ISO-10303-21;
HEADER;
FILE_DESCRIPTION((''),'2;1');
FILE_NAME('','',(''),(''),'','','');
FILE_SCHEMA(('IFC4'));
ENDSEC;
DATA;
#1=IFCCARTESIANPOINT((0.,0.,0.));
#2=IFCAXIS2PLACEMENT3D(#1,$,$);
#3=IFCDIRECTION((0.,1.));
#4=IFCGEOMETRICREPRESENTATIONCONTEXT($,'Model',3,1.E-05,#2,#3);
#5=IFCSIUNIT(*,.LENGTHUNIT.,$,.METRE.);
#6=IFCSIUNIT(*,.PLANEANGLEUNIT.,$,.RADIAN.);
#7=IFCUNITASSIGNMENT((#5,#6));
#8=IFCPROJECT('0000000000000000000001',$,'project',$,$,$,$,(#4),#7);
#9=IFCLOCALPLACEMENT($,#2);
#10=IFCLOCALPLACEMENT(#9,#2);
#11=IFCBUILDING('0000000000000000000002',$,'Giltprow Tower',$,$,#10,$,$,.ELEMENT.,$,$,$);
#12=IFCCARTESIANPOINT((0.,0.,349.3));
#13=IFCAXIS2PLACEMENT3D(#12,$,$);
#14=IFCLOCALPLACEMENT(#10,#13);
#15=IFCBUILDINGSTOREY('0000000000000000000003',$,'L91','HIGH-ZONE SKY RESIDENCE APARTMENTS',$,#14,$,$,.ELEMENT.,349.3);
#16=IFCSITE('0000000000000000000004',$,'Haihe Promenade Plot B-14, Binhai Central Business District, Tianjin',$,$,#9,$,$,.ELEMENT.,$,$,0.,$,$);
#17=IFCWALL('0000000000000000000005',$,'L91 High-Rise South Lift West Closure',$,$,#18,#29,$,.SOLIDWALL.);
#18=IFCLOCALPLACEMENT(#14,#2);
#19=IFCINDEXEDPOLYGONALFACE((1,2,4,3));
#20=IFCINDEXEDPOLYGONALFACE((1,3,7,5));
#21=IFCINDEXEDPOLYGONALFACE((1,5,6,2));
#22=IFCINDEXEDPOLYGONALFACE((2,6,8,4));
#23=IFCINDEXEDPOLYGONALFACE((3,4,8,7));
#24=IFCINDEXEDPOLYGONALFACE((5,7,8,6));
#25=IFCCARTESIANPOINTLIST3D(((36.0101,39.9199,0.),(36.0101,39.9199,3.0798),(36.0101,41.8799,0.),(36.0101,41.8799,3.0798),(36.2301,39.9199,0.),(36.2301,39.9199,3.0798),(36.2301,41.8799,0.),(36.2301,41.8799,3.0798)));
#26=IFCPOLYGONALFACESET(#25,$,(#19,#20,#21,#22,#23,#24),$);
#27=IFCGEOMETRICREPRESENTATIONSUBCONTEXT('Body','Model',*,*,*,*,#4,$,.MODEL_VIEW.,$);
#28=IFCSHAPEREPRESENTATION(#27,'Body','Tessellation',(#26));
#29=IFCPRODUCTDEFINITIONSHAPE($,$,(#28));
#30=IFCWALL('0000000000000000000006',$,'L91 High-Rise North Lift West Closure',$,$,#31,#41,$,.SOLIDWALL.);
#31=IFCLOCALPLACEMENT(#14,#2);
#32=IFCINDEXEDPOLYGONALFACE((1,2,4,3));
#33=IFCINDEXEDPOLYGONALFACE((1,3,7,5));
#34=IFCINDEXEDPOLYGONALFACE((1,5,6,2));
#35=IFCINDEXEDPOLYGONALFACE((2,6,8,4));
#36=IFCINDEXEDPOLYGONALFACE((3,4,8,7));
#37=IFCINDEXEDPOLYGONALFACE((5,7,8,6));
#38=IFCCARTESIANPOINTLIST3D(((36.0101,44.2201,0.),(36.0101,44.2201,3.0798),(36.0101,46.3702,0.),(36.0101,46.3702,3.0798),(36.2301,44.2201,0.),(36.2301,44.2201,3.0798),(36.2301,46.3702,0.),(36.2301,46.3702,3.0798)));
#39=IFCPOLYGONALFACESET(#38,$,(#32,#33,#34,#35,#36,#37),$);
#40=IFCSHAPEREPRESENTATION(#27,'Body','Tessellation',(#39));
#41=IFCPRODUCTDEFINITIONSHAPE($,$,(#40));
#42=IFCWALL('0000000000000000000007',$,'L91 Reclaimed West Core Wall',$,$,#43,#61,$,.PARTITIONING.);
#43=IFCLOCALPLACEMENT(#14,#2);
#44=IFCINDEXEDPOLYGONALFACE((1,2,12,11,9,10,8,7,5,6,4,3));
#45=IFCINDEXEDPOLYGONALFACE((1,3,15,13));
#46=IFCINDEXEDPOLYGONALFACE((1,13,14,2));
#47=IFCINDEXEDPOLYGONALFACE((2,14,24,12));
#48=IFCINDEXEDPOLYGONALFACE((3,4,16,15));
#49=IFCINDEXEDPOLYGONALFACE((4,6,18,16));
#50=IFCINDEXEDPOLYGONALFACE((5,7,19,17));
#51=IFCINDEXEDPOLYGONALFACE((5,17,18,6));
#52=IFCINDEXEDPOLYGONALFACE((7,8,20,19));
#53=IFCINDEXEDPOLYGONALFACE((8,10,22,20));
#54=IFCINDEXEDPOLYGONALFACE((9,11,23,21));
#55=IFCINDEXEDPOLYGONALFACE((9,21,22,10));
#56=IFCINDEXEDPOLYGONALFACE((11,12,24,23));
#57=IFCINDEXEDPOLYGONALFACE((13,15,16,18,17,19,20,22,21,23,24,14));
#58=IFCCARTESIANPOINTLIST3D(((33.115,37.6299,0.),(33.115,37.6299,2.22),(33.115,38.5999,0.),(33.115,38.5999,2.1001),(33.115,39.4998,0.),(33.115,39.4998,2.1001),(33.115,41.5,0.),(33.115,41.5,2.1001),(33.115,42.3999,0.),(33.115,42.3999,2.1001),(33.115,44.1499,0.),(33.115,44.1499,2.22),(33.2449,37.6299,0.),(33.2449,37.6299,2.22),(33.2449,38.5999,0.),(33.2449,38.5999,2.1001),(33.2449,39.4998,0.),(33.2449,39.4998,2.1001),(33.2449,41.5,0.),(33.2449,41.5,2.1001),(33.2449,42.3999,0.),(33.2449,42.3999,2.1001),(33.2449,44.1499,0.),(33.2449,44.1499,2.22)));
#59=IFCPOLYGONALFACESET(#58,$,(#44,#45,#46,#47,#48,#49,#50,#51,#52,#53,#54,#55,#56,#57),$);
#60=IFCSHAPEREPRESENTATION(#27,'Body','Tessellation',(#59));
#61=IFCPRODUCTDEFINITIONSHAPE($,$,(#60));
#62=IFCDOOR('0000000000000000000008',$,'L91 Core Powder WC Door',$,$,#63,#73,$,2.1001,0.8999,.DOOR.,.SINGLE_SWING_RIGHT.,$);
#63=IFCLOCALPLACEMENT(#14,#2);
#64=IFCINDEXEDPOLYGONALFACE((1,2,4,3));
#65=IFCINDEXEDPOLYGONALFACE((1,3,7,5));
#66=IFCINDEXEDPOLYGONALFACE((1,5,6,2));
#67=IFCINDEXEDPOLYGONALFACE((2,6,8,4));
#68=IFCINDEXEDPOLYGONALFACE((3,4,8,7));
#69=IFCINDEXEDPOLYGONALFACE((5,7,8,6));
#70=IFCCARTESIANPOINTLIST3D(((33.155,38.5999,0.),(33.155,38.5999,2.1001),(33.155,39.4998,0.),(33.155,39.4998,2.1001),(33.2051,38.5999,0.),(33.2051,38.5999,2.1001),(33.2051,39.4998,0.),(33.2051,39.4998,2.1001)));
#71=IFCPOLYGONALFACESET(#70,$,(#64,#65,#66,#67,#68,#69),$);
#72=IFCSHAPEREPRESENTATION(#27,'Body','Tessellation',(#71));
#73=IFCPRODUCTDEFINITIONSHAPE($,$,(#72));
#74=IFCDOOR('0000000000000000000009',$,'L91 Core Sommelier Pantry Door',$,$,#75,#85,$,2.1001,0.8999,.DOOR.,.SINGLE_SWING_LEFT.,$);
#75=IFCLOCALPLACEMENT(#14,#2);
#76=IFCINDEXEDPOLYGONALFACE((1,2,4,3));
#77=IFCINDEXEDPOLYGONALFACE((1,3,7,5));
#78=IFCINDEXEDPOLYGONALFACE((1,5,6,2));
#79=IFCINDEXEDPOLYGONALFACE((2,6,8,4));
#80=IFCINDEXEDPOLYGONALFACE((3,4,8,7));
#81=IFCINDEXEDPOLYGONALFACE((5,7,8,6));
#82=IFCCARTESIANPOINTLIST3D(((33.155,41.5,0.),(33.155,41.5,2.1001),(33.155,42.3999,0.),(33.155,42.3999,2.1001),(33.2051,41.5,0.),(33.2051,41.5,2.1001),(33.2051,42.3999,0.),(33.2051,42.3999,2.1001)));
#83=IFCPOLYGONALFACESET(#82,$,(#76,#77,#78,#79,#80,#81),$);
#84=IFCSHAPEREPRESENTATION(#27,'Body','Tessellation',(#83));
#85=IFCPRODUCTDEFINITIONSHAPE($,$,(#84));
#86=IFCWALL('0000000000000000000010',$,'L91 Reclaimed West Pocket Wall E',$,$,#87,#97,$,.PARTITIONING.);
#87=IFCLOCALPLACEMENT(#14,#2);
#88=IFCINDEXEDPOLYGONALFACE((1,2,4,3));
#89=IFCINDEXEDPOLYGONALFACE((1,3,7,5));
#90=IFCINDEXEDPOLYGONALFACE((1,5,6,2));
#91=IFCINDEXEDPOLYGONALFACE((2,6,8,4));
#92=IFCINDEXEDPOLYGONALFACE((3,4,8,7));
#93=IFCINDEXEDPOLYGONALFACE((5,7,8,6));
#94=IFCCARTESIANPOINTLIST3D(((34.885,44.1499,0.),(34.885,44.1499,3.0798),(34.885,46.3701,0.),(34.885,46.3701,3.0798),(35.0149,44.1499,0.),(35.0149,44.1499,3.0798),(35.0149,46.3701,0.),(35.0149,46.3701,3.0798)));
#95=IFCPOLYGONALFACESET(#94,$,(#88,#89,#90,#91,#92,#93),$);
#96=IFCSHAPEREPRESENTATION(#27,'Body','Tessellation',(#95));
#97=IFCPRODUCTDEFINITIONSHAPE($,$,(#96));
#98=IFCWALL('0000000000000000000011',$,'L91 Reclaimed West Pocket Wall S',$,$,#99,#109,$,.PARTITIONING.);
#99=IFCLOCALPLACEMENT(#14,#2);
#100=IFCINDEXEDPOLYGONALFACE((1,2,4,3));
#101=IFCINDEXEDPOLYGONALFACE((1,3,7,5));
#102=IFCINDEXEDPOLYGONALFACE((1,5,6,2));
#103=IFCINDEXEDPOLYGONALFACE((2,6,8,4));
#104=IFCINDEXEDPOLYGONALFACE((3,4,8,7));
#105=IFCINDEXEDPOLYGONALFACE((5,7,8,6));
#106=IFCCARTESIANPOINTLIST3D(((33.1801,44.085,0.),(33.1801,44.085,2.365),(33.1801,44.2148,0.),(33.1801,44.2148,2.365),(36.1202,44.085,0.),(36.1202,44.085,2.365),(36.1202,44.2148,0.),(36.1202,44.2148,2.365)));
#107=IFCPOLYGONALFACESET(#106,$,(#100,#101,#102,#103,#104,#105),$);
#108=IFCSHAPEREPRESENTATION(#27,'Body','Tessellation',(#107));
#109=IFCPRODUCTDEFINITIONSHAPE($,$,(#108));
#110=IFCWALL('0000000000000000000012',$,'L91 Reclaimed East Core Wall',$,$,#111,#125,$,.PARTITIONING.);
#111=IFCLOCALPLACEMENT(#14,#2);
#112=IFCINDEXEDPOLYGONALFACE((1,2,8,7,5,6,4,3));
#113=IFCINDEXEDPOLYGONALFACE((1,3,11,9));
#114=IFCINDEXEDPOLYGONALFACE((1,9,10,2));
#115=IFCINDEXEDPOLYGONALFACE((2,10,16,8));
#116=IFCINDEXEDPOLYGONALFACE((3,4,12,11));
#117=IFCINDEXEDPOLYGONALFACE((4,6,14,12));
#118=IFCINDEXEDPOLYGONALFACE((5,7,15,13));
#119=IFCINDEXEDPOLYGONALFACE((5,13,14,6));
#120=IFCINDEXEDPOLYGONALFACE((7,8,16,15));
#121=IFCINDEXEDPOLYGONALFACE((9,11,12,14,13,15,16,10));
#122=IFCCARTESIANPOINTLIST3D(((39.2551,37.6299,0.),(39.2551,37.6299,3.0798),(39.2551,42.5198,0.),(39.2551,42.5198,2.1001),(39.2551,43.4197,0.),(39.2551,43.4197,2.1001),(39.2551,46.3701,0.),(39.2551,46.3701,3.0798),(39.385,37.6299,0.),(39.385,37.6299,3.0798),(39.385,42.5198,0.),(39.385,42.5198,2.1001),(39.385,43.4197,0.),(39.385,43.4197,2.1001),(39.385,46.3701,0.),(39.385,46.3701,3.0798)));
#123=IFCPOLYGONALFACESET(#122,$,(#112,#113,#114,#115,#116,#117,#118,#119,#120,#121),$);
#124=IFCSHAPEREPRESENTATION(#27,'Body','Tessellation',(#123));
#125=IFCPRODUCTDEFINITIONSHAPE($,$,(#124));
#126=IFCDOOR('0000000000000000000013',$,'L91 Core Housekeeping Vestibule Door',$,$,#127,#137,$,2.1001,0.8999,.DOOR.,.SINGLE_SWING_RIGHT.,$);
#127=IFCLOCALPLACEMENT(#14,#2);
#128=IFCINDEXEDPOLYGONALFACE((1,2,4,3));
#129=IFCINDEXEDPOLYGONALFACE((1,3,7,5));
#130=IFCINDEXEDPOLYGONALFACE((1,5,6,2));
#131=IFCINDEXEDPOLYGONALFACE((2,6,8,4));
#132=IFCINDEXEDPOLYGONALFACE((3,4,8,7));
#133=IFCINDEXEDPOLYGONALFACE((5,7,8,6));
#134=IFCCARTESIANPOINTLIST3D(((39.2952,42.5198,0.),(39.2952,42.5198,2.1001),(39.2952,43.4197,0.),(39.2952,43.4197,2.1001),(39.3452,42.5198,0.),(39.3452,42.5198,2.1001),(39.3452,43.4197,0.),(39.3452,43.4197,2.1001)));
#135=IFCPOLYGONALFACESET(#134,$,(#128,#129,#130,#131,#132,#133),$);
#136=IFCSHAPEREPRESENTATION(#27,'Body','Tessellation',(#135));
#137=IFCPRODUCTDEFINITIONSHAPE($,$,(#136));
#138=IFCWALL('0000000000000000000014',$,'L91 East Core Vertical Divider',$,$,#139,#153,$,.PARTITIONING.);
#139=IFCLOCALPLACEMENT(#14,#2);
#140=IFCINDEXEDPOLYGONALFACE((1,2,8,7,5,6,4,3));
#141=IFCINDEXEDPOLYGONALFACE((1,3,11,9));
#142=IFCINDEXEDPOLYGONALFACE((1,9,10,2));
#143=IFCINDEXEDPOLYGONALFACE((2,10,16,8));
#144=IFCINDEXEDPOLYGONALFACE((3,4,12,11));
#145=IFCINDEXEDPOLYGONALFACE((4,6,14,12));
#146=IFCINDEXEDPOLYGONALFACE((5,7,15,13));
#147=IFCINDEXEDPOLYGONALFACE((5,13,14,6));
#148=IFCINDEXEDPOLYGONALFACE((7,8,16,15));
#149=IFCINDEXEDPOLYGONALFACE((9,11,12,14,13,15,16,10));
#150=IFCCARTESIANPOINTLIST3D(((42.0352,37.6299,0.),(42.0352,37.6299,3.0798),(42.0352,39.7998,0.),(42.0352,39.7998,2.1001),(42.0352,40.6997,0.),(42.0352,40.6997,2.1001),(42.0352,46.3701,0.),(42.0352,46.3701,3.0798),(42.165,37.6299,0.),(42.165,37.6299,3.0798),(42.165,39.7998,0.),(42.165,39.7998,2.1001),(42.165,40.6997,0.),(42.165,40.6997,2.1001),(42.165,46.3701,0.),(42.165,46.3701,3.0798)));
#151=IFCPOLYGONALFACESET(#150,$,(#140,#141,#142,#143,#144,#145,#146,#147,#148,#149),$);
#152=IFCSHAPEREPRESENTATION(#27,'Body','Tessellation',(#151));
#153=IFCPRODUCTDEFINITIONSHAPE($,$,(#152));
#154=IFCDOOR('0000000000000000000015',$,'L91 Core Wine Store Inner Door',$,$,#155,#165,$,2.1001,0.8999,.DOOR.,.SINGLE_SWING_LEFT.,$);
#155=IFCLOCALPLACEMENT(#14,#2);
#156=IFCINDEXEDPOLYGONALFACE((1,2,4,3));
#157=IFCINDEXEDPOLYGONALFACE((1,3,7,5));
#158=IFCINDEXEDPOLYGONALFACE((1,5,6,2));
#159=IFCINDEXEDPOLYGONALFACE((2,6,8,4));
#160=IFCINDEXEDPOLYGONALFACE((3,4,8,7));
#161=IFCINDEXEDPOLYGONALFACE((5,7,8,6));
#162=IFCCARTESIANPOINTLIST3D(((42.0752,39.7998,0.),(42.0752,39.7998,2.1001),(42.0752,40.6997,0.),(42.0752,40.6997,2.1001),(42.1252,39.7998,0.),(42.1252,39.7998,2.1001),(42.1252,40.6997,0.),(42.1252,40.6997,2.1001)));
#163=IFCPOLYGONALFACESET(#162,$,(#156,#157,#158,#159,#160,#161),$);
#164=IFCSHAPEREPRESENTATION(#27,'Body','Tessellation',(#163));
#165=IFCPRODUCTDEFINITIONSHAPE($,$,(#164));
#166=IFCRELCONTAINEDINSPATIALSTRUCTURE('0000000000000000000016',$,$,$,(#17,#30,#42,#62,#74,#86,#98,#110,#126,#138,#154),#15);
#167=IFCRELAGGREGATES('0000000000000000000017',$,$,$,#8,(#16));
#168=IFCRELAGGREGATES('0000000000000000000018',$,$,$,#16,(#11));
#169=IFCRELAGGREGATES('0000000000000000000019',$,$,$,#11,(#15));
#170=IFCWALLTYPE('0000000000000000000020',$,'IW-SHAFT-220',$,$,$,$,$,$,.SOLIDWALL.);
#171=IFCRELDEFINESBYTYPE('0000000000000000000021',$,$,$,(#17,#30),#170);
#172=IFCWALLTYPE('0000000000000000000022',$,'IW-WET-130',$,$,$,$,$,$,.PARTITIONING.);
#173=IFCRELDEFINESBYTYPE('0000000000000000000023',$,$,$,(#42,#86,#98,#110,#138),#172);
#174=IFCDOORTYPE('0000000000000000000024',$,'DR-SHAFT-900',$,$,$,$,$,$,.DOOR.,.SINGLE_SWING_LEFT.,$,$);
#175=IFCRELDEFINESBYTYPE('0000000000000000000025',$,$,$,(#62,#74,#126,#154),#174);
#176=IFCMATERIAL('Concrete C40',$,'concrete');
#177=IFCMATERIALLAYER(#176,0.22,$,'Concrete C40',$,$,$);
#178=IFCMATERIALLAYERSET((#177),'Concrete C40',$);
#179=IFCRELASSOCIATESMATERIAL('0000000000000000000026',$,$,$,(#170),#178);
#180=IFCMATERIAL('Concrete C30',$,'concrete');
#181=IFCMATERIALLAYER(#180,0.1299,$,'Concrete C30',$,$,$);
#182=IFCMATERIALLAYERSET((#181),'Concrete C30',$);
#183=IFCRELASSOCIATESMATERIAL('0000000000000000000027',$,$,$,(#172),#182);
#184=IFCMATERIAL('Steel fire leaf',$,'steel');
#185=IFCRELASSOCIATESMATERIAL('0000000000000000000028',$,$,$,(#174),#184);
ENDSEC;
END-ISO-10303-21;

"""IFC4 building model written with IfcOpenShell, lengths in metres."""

from ifc_helpers import new_model, si_unit, direction, frame, frame_2d, origin, place, context, subcontext, project, spatial, rectangle, extrude, source, transform, mapped, material, layer, layer_set, type_object, element, fill, save


model = new_model("IFC4")

# Units and contexts
model_context = context("Model", 3, precision=1e-05, world=origin(), true_north=direction((0.0, 1.0)))
body_context = subcontext(model_context, "Body", "Model", "MODEL_VIEW")
ifc_project = project(units=[si_unit("LENGTHUNIT", "METRE"), si_unit("PLANEANGLEUNIT", "RADIAN")], contexts=[model_context])

# Site, building, storey
site_placement = place(None, origin())
site = spatial("IfcSite", under=ifc_project, at=site_placement, Name="Haihe Promenade Plot B-14, Binhai Central Business District, Tianjin", CompositionType="ELEMENT", RefElevation=0.0)
building_placement = place(site_placement, origin())
building = spatial("IfcBuilding", under=site, at=building_placement, Name="Giltprow Tower", CompositionType="ELEMENT")
storey_placement = place(building_placement, frame((0.0, 0.0, 349.3)))
storey = spatial("IfcBuildingStorey", under=building, at=storey_placement, Name="L91", Description="HIGH-ZONE SKY RESIDENCE APARTMENTS", CompositionType="ELEMENT", Elevation=349.3)

# Shared definitions
ifc_material_1 = material(Name="Concrete C40", Category="concrete")
ifc_layer_1 = layer(ifc_material_1, 0.22, Name="Concrete C40")
ifc_layer_set_1 = layer_set([ifc_layer_1], Name="Concrete C40")
wall_type_1 = type_object("IfcWallType", Name="IW-SHAFT-220", PredefinedType="SOLIDWALL", material=ifc_layer_set_1)

# Walls
wall_1_placement = place(storey_placement, frame((36.1201, 39.9199, 0.0), z_axis=(0.0, 0.0, 1.0), x_axis=(0.0, 1.0, 0.0)))
element("IfcWall", 1, at=wall_1_placement, inside=storey, type_object=wall_type_1, Name="L91 High-Rise South Lift West Closure", PredefinedType="SOLIDWALL", context=body_context, shape_type="SweptSolid", body=[
    extrude(rectangle(XDim=1.96, YDim=0.22, at=frame_2d((0.98, 0.0))), origin(), (0.0, 0.0, 1.0), 3.0798),
])
wall_2_placement = place(storey_placement, frame((36.1201, 44.22, 0.0), z_axis=(0.0, 0.0, 1.0), x_axis=(0.0, 1.0, 0.0)))
element("IfcWall", 2, at=wall_2_placement, inside=storey, type_object=wall_type_1, Name="L91 High-Rise North Lift West Closure", PredefinedType="SOLIDWALL", context=body_context, shape_type="SweptSolid", body=[
    extrude(rectangle(XDim=2.1501, YDim=0.22, at=frame_2d((1.0752, 0.0))), origin(), (0.0, 0.0, 1.0), 3.0798),
])

# Wall, openings, doors
ifc_material_2 = material(Name="Concrete C30", Category="concrete")
ifc_layer_2 = layer(ifc_material_2, 0.1299, Name="Concrete C30")
ifc_layer_set_2 = layer_set([ifc_layer_2], Name="Concrete C30")
wall_type_2 = type_object("IfcWallType", Name="IW-WET-130", PredefinedType="PARTITIONING", material=ifc_layer_set_2)
wall_3_placement = place(storey_placement, frame((33.1799, 37.6299, 0.0), z_axis=(0.0, 0.0, 1.0), x_axis=(0.0, 1.0, 0.0)))
wall_3 = element("IfcWall", 3, at=wall_3_placement, inside=storey, type_object=wall_type_2, Name="L91 Reclaimed West Core Wall", PredefinedType="PARTITIONING", context=body_context, shape_type="SweptSolid", body=[
    extrude(rectangle(XDim=6.52, YDim=0.1299, at=frame_2d((3.26, 0.0))), origin(), (0.0, 0.0, 1.0), 2.22),
])
opening_1_placement = place(wall_3_placement, frame((0.97, 0.0, 0.0)))
opening_1 = element("IfcOpeningElement", 4, at=opening_1_placement, cuts=wall_3, PredefinedType="OPENING", context=body_context, shape_type="SweptSolid", body=[
    extrude(rectangle(XDim=0.8999, YDim=2.1001, at=frame_2d((0.45, 1.05))), frame((0.0, 0.075, 0.0), z_axis=(0.0, -1.0, 0.0), x_axis=(1.0, 0.0, 0.0)), (0.0, 0.0, 1.0), 0.1499),
])
opening_2_placement = place(wall_3_placement, frame((3.8701, 0.0, 0.0)))
opening_2 = element("IfcOpeningElement", 5, at=opening_2_placement, cuts=wall_3, PredefinedType="OPENING", context=body_context, shape_type="SweptSolid", body=[
    extrude(rectangle(XDim=0.8999, YDim=2.1001, at=frame_2d((0.45, 1.05))), frame((0.0, 0.075, 0.0), z_axis=(0.0, -1.0, 0.0), x_axis=(1.0, 0.0, 0.0)), (0.0, 0.0, 1.0), 0.1499),
])
ifc_material_3 = material(Name="Steel fire leaf", Category="steel")
door_type_1 = type_object("IfcDoorType", Name="DR-SHAFT-900", OperationType="SINGLE_SWING_LEFT", PredefinedType="DOOR", material=ifc_material_3)
shared_shape_1 = source(origin(), body_context, "Body", "SweptSolid", [
    extrude(rectangle(XDim=0.8999, YDim=2.1001, at=frame_2d((0.45, 1.05))), frame((0.0, 0.0249, 0.0), z_axis=(0.0, -1.0, 0.0), x_axis=(1.0, 0.0, 0.0)), (0.0, 0.0, 1.0), 0.05),
])
door_1_placement = place(opening_1_placement, origin())
door_1 = element("IfcDoor", 6, at=door_1_placement, inside=storey, type_object=door_type_1, Name="L91 Core Powder WC Door", OperationType="SINGLE_SWING_RIGHT", OverallHeight=2.1001, OverallWidth=0.8999, PredefinedType="DOOR", context=body_context, shape_type="MappedRepresentation", body=[
    mapped(shared_shape_1, transform((0.0, 0.0, 0.0), x_axis=(1.0, 0.0, 0.0), y_axis=(0.0, 1.0, 0.0), z_axis=(0.0, 0.0, 1.0), scale=1.0)),
])
fill(opening_1, door_1)
door_2_placement = place(opening_2_placement, origin())
door_2 = element("IfcDoor", 7, at=door_2_placement, inside=storey, type_object=door_type_1, Name="L91 Core Sommelier Pantry Door", OperationType="SINGLE_SWING_LEFT", OverallHeight=2.1001, OverallWidth=0.8999, PredefinedType="DOOR", context=body_context, shape_type="MappedRepresentation", body=[
    mapped(shared_shape_1, transform((0.0, 0.0, 0.0), x_axis=(1.0, 0.0, 0.0), y_axis=(0.0, 1.0, 0.0), z_axis=(0.0, 0.0, 1.0), scale=1.0)),
])
fill(opening_2, door_2)

# Walls
wall_4_placement = place(storey_placement, frame((34.95, 44.1499, 0.0), z_axis=(0.0, 0.0, 1.0), x_axis=(0.0, 1.0, 0.0)))
element("IfcWall", 8, at=wall_4_placement, inside=storey, type_object=wall_type_2, Name="L91 Reclaimed West Pocket Wall E", PredefinedType="PARTITIONING", context=body_context, shape_type="SweptSolid", body=[
    extrude(rectangle(XDim=2.2202, YDim=0.1299, at=frame_2d((1.1101, 0.0))), origin(), (0.0, 0.0, 1.0), 3.0798),
])
wall_5_placement = place(storey_placement, frame((33.1799, 44.1499, 0.0), z_axis=(0.0, 0.0, 1.0), x_axis=(1.0, 0.0, 0.0)))
element("IfcWall", 9, at=wall_5_placement, inside=storey, type_object=wall_type_2, Name="L91 Reclaimed West Pocket Wall S", PredefinedType="PARTITIONING", context=body_context, shape_type="SweptSolid", body=[
    extrude(rectangle(XDim=2.9402, YDim=0.1299, at=frame_2d((1.4702, 0.0))), origin(), (0.0, 0.0, 1.0), 2.365),
])

# Walls, openings, doors
wall_6_placement = place(storey_placement, frame((39.3201, 37.6299, 0.0), z_axis=(0.0, 0.0, 1.0), x_axis=(0.0, 1.0, 0.0)))
wall_6 = element("IfcWall", 10, at=wall_6_placement, inside=storey, type_object=wall_type_2, Name="L91 Reclaimed East Core Wall", PredefinedType="PARTITIONING", context=body_context, shape_type="SweptSolid", body=[
    extrude(rectangle(XDim=8.7402, YDim=0.1299, at=frame_2d((4.3701, 0.0))), origin(), (0.0, 0.0, 1.0), 3.0798),
])
opening_3_placement = place(wall_6_placement, frame((4.8899, 0.0, 0.0)))
opening_3 = element("IfcOpeningElement", 11, at=opening_3_placement, cuts=wall_6, PredefinedType="OPENING", context=body_context, shape_type="SweptSolid", body=[
    extrude(rectangle(XDim=0.8999, YDim=2.1001, at=frame_2d((0.45, 1.05))), frame((0.0, 0.075, 0.0), z_axis=(0.0, -1.0, 0.0), x_axis=(1.0, 0.0, 0.0)), (0.0, 0.0, 1.0), 0.1499),
])
door_3_placement = place(opening_3_placement, origin())
door_3 = element("IfcDoor", 12, at=door_3_placement, inside=storey, type_object=door_type_1, Name="L91 Core Housekeeping Vestibule Door", OperationType="SINGLE_SWING_RIGHT", OverallHeight=2.1001, OverallWidth=0.8999, PredefinedType="DOOR", context=body_context, shape_type="MappedRepresentation", body=[
    mapped(shared_shape_1, transform((0.0, 0.0, 0.0), x_axis=(1.0, 0.0, 0.0), y_axis=(0.0, 1.0, 0.0), z_axis=(0.0, 0.0, 1.0), scale=1.0)),
])
fill(opening_3, door_3)
wall_7_placement = place(storey_placement, frame((42.1001, 37.6299, 0.0), z_axis=(0.0, 0.0, 1.0), x_axis=(0.0, 1.0, 0.0)))
wall_7 = element("IfcWall", 13, at=wall_7_placement, inside=storey, type_object=wall_type_2, Name="L91 East Core Vertical Divider", PredefinedType="PARTITIONING", context=body_context, shape_type="SweptSolid", body=[
    extrude(rectangle(XDim=8.7402, YDim=0.1299, at=frame_2d((4.3701, 0.0))), origin(), (0.0, 0.0, 1.0), 3.0798),
])
opening_4_placement = place(wall_7_placement, frame((2.1699, 0.0, 0.0)))
opening_4 = element("IfcOpeningElement", 14, at=opening_4_placement, cuts=wall_7, PredefinedType="OPENING", context=body_context, shape_type="SweptSolid", body=[
    extrude(rectangle(XDim=0.8999, YDim=2.1001, at=frame_2d((0.45, 1.05))), frame((0.0, 0.075, 0.0), z_axis=(0.0, -1.0, 0.0), x_axis=(1.0, 0.0, 0.0)), (0.0, 0.0, 1.0), 0.1499),
])
door_4_placement = place(opening_4_placement, origin())
door_4 = element("IfcDoor", 15, at=door_4_placement, inside=storey, type_object=door_type_1, Name="L91 Core Wine Store Inner Door", OperationType="SINGLE_SWING_LEFT", OverallHeight=2.1001, OverallWidth=0.8999, PredefinedType="DOOR", context=body_context, shape_type="MappedRepresentation", body=[
    mapped(shared_shape_1, transform((0.0, 0.0, 0.0), x_axis=(1.0, 0.0, 0.0), y_axis=(0.0, 1.0, 0.0), z_axis=(0.0, 0.0, 1.0), scale=1.0)),
])
fill(opening_4, door_4)

save(model, "model.ifc")
